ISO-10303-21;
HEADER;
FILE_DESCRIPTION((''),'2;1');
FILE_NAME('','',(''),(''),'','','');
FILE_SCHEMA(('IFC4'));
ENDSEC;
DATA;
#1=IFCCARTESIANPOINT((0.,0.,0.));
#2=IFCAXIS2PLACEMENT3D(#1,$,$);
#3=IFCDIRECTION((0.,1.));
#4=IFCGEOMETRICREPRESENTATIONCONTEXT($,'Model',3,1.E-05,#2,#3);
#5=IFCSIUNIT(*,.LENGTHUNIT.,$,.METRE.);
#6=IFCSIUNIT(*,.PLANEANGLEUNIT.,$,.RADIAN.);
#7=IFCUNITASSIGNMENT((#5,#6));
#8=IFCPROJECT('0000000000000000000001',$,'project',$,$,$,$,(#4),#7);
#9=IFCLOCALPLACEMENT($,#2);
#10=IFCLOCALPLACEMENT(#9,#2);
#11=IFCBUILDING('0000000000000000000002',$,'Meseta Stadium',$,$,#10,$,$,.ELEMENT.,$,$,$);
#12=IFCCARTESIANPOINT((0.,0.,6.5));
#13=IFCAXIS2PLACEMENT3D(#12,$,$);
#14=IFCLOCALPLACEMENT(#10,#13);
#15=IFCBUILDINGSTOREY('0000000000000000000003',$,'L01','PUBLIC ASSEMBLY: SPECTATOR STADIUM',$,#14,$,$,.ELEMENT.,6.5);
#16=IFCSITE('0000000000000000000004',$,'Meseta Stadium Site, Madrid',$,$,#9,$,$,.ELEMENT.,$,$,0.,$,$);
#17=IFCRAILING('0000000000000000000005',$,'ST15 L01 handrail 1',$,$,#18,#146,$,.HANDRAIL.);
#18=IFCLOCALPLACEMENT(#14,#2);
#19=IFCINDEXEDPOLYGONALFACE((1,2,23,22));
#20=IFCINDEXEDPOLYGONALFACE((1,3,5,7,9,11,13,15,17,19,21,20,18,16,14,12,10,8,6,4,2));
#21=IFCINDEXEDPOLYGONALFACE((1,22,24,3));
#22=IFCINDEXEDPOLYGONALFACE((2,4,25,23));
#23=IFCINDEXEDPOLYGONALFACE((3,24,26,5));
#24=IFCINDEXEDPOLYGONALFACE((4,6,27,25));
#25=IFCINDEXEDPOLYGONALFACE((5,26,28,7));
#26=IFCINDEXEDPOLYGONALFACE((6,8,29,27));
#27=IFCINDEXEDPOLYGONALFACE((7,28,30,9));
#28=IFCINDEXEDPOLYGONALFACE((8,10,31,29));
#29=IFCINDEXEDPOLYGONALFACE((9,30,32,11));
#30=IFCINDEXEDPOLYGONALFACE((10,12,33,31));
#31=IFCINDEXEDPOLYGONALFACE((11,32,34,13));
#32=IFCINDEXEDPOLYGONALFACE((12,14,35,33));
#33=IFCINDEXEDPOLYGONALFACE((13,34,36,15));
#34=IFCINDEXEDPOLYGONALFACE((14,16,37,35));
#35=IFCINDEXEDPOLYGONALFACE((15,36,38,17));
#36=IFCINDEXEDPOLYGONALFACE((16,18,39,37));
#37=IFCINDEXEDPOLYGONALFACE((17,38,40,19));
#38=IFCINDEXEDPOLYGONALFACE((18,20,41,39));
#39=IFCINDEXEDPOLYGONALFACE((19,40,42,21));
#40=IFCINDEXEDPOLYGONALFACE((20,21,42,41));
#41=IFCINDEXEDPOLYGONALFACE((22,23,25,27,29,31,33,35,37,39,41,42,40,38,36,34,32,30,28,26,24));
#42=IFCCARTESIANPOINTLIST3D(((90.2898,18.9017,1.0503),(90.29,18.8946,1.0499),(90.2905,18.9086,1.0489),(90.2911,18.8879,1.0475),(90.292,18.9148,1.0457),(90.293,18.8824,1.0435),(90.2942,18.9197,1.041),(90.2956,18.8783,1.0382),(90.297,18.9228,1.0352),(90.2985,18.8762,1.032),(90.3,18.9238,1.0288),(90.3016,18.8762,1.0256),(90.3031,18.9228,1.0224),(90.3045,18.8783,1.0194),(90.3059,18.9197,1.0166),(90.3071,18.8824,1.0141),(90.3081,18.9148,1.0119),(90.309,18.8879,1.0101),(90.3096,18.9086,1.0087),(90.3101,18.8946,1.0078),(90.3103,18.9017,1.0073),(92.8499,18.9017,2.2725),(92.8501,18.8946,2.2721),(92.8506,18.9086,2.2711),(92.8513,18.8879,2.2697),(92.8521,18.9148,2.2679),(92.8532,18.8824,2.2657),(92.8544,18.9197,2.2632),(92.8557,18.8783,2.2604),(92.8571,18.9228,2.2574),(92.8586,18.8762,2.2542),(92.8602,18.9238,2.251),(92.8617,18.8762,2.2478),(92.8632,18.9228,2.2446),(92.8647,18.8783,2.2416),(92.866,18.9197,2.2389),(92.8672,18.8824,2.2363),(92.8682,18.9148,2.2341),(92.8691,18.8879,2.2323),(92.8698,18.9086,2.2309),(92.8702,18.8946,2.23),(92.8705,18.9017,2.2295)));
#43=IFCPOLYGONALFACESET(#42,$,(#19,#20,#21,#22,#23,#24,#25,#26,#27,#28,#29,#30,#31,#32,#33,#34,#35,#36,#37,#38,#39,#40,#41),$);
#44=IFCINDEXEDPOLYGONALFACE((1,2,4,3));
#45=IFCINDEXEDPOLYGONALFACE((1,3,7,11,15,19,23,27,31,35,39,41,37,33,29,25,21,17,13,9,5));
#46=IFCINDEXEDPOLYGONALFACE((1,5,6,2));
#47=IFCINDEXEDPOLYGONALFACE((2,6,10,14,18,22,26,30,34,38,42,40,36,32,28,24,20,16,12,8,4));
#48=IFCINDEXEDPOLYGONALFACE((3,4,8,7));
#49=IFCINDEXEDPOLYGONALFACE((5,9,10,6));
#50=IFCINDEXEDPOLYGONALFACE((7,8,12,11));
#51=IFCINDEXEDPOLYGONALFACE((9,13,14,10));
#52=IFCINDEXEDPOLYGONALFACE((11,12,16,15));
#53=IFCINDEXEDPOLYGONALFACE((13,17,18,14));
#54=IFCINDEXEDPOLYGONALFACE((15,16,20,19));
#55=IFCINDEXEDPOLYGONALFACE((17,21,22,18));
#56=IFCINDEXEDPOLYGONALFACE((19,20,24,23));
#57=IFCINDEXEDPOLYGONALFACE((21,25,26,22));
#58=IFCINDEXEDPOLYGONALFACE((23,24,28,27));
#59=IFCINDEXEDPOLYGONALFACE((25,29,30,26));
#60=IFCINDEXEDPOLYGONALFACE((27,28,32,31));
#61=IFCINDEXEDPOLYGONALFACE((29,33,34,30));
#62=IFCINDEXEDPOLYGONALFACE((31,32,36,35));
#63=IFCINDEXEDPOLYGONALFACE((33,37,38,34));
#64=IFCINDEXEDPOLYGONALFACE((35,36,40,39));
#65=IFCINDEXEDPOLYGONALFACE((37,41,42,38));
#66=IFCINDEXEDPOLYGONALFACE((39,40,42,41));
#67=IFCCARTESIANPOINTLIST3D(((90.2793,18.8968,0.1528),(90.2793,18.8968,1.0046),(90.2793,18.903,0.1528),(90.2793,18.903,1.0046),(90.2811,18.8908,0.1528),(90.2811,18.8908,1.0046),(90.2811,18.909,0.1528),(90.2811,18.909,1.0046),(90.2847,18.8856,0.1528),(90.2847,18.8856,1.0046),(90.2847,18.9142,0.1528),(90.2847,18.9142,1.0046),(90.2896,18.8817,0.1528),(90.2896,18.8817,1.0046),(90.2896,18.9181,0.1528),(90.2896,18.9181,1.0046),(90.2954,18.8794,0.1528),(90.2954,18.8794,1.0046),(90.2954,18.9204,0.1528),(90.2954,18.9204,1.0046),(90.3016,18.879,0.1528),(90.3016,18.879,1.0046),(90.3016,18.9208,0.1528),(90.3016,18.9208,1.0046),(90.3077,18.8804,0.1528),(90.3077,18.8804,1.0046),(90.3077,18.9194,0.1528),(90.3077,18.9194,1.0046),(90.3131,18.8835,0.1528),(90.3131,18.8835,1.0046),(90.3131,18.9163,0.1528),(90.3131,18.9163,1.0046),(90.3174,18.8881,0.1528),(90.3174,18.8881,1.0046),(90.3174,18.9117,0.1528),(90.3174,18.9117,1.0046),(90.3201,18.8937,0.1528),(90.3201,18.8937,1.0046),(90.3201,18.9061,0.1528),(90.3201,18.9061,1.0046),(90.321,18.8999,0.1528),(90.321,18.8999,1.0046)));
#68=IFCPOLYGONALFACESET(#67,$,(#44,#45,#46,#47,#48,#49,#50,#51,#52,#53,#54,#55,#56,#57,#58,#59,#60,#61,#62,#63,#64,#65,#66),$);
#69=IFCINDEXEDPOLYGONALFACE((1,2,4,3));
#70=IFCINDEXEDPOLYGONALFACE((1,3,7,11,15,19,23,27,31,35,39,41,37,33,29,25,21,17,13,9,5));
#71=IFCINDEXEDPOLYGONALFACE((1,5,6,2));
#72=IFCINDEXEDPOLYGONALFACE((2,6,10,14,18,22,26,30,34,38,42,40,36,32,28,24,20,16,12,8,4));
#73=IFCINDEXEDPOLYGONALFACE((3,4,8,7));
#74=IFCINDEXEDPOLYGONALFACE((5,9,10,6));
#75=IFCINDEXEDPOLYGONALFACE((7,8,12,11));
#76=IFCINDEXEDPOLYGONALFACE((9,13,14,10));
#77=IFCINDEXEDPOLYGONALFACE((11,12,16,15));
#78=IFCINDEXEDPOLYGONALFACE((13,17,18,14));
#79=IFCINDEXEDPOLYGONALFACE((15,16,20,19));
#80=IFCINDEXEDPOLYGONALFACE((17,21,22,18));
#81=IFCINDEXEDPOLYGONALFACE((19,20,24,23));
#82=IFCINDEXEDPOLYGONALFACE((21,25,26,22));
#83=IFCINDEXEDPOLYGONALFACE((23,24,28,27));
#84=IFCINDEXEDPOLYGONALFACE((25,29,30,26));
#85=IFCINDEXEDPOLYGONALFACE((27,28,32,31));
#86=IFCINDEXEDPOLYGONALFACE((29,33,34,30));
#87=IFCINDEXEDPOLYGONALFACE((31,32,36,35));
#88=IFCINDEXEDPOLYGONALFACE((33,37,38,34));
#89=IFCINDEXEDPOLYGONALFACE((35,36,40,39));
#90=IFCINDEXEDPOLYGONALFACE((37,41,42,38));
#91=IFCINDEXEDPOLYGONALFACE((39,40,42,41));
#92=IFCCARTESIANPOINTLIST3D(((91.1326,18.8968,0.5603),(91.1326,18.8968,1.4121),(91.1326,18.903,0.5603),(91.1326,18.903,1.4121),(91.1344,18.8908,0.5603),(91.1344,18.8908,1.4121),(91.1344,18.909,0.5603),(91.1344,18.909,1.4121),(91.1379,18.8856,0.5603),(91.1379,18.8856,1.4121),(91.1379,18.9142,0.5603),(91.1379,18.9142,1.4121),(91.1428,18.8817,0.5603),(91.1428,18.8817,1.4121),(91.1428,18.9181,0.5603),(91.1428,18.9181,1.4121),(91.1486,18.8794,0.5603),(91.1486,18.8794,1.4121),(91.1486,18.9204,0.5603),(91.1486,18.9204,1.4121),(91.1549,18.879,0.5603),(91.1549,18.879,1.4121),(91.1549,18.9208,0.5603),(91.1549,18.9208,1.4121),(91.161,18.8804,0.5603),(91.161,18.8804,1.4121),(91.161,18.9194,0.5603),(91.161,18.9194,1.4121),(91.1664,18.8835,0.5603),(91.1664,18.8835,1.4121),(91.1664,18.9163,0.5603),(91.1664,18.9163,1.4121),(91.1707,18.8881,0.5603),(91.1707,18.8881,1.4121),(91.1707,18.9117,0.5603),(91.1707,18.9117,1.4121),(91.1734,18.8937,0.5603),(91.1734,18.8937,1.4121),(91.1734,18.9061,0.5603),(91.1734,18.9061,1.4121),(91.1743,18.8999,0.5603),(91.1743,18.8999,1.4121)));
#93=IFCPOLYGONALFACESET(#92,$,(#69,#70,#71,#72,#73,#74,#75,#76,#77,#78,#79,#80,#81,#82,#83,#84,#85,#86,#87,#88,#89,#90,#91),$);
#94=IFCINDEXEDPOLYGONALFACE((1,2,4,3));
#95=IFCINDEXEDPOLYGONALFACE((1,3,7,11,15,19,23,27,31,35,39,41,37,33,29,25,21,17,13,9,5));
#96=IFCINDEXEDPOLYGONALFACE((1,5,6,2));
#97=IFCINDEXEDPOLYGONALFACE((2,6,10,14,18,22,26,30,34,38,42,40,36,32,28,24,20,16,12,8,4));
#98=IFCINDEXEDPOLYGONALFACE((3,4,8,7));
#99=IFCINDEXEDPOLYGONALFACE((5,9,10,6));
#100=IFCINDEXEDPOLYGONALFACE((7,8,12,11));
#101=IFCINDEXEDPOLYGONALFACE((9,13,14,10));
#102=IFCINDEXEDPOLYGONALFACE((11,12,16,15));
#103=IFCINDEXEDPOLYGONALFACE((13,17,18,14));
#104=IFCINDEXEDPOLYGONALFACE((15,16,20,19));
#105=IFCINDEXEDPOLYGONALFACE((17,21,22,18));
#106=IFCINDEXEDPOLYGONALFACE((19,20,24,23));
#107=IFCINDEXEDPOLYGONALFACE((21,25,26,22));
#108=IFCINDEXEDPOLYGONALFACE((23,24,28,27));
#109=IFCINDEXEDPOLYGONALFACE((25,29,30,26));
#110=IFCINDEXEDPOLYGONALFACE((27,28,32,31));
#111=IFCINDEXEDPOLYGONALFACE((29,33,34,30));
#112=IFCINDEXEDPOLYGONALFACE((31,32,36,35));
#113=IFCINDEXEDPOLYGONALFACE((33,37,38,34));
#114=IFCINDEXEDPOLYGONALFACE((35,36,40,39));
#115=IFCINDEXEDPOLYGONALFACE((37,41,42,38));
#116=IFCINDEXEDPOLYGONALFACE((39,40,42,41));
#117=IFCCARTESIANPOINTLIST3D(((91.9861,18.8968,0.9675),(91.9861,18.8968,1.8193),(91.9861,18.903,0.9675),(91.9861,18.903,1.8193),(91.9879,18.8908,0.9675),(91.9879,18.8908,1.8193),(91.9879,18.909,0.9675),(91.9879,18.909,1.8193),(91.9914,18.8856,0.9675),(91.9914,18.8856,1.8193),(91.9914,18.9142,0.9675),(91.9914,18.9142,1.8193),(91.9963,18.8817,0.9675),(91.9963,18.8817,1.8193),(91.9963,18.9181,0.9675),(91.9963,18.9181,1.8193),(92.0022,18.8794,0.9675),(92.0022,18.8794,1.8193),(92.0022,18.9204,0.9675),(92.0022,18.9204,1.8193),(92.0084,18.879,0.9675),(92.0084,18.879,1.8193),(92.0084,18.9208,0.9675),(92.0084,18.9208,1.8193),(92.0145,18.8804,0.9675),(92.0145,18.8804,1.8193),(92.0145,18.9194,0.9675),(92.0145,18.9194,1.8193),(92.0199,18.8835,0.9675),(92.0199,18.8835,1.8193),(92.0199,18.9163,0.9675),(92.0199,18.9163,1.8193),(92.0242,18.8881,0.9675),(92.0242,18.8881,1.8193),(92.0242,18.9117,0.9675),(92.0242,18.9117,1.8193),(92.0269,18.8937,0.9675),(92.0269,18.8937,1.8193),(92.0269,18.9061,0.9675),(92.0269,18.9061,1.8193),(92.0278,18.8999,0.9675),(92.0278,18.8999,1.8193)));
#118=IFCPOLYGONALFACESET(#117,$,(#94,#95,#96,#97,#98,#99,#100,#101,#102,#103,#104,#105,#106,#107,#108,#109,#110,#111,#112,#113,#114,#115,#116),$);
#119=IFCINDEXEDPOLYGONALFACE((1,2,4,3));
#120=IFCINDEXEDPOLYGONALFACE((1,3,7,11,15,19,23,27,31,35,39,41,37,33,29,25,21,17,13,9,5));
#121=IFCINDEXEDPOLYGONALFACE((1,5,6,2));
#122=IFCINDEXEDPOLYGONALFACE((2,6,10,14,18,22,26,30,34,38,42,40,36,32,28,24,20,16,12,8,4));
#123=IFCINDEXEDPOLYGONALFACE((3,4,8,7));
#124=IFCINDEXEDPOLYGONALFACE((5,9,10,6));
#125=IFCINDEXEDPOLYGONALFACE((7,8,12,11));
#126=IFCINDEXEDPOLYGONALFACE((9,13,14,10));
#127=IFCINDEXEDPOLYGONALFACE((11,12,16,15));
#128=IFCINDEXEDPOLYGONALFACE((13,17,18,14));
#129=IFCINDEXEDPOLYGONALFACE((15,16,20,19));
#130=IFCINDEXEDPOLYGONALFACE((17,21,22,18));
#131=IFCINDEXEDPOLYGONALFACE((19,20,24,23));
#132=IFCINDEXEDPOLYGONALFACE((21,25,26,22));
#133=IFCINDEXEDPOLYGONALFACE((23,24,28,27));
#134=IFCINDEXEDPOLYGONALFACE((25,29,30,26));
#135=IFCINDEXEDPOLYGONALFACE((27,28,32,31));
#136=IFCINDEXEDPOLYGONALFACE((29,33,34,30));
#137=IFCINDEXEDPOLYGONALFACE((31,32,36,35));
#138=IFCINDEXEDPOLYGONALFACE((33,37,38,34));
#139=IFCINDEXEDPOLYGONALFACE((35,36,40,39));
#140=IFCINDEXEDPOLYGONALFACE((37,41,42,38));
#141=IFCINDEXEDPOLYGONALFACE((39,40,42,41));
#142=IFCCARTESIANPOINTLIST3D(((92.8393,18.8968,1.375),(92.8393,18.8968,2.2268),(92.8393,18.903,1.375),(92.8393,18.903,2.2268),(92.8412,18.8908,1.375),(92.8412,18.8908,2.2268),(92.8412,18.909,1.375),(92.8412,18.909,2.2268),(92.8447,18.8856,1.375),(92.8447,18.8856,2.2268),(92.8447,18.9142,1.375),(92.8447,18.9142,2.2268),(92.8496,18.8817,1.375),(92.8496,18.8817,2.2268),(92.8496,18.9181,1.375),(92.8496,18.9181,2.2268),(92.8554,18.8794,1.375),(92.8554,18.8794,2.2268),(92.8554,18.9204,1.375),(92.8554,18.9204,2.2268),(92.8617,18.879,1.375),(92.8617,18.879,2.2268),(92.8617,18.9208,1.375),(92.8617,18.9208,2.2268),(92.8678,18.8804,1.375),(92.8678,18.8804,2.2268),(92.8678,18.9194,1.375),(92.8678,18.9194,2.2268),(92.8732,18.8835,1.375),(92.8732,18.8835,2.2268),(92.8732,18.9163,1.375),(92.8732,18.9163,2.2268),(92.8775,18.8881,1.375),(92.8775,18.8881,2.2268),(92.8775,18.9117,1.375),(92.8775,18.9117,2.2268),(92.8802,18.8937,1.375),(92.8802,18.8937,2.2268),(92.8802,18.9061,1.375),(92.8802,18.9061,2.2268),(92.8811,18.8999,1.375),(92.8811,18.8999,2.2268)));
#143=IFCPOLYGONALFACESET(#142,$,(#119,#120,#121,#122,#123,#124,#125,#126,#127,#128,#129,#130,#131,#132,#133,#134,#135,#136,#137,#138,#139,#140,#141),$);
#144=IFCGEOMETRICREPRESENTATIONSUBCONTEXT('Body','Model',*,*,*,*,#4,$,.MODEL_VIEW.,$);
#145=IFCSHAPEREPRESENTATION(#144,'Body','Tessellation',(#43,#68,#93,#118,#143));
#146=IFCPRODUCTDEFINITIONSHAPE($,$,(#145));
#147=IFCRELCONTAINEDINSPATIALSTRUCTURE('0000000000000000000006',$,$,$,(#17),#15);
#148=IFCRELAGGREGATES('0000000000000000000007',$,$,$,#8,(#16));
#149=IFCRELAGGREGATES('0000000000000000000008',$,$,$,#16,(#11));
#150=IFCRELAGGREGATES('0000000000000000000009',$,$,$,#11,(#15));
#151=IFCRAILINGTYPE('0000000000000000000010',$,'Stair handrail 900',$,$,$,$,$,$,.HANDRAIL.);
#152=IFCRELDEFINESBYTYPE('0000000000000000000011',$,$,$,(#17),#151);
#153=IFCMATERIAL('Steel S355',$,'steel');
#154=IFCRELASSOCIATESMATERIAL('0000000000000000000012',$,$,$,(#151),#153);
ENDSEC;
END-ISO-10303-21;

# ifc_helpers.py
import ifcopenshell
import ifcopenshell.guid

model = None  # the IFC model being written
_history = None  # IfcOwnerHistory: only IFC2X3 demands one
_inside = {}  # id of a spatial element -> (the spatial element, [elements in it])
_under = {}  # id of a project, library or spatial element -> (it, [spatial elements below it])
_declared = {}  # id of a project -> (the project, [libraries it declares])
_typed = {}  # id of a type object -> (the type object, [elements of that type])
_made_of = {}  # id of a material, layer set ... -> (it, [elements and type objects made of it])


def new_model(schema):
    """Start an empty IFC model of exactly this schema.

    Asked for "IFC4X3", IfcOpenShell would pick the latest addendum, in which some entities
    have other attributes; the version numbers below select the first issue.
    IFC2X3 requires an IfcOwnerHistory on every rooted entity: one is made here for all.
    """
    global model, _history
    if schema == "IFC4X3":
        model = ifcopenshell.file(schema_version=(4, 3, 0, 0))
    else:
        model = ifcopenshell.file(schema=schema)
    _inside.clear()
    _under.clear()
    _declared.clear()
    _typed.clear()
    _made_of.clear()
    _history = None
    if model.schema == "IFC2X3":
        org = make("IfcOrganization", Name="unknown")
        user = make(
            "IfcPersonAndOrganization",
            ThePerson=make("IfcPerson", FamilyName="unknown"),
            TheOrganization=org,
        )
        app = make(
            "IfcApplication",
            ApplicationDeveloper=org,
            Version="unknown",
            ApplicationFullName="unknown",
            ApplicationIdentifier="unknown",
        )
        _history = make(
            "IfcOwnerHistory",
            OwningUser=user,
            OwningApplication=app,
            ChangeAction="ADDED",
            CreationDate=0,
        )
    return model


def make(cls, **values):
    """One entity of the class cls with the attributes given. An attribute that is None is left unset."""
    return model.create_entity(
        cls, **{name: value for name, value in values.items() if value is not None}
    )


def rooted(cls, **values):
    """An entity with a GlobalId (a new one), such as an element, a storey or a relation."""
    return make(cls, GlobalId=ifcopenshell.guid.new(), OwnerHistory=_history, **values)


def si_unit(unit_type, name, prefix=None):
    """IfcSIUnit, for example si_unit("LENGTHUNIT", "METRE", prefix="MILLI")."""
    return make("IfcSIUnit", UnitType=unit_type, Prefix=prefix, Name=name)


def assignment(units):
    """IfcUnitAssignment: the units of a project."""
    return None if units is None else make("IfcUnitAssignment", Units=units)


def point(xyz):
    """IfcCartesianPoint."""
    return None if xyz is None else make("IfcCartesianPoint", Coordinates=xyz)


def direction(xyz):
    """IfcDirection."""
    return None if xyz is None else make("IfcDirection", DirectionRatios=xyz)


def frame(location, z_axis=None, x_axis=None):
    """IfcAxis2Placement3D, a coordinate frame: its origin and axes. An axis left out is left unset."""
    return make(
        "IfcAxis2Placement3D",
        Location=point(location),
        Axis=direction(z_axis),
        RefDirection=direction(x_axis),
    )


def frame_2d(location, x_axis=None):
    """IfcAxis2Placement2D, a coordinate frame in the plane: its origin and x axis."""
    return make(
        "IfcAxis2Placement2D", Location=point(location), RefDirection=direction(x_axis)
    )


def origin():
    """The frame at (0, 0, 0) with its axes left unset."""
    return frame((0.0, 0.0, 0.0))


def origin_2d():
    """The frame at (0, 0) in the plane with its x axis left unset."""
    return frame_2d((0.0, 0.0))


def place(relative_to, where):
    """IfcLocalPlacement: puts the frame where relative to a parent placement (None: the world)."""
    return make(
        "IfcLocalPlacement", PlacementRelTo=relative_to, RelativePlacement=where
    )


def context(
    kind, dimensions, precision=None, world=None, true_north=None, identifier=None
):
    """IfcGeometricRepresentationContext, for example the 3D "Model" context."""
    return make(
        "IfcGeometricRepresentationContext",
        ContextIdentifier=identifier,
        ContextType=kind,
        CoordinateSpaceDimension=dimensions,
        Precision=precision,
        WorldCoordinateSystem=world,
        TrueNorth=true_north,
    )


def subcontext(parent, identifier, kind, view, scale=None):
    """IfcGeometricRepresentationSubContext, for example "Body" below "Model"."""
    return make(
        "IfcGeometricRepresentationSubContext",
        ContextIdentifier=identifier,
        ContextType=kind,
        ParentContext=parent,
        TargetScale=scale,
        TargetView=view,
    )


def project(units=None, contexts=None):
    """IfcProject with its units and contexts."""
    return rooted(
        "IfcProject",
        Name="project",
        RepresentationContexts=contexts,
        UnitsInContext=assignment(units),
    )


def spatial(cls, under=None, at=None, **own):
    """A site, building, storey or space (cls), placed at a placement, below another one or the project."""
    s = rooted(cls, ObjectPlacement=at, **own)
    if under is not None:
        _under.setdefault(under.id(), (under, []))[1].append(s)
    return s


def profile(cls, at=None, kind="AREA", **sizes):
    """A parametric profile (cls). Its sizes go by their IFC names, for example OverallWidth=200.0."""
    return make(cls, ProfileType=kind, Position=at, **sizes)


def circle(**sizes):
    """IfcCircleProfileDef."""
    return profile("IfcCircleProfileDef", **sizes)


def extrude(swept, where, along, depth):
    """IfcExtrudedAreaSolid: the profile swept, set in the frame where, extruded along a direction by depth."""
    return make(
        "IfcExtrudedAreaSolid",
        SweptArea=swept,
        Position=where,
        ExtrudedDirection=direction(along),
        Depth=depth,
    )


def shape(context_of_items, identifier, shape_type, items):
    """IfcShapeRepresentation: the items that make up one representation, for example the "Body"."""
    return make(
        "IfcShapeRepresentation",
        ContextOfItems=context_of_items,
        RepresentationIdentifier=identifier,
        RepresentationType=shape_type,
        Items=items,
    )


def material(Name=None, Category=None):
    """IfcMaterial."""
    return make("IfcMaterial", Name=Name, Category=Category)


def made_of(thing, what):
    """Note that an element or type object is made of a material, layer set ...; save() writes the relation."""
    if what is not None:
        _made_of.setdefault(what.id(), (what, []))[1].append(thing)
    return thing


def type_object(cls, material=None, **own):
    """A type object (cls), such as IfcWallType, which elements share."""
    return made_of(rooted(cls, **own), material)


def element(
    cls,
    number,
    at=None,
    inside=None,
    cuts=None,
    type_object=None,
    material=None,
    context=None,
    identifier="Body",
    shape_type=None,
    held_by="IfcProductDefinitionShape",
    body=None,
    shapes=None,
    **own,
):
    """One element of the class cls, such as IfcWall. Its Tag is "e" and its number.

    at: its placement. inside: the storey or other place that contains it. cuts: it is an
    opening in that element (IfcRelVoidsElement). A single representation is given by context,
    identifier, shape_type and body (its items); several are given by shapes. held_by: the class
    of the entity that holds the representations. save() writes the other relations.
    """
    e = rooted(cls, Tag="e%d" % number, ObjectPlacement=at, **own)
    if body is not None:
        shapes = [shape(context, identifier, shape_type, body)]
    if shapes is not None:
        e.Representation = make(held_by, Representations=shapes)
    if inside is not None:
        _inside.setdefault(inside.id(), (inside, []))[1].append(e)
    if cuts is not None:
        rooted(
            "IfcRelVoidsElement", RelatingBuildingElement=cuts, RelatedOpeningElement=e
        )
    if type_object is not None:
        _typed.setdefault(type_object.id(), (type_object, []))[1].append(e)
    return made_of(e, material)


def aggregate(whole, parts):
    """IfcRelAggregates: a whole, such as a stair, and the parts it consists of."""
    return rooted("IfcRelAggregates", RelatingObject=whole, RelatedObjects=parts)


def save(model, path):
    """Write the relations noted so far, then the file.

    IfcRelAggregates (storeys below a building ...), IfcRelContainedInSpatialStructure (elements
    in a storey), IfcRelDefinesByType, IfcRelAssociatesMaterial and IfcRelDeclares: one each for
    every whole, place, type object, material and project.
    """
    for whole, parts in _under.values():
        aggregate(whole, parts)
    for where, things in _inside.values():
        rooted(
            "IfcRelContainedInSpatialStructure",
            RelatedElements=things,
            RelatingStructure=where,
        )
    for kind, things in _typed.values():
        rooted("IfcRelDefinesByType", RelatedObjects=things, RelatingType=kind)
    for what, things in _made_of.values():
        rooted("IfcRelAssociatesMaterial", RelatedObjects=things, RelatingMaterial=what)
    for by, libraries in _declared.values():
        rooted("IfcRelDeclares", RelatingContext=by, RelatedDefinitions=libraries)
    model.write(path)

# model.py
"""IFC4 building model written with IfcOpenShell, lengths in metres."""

from ifc_helpers import new_model, si_unit, direction, frame, origin, origin_2d, place, context, subcontext, project, spatial, circle, extrude, material, type_object, element, save


model = new_model("IFC4")

# Units and contexts
model_context = context("Model", 3, precision=1e-05, world=origin(), true_north=direction((0.0, 1.0)))
body_context = subcontext(model_context, "Body", "Model", "MODEL_VIEW")
ifc_project = project(units=[si_unit("LENGTHUNIT", "METRE"), si_unit("PLANEANGLEUNIT", "RADIAN")], contexts=[model_context])

# Site, building, storey
site_placement = place(None, origin())
site = spatial("IfcSite", under=ifc_project, at=site_placement, Name="Meseta Stadium Site, Madrid", CompositionType="ELEMENT", RefElevation=0.0)
building_placement = place(site_placement, origin())
building = spatial("IfcBuilding", under=site, at=building_placement, Name="Meseta Stadium", CompositionType="ELEMENT")
storey_placement = place(building_placement, frame((0.0, 0.0, 6.5)))
storey = spatial("IfcBuildingStorey", under=building, at=storey_placement, Name="L01", Description="PUBLIC ASSEMBLY: SPECTATOR STADIUM", CompositionType="ELEMENT", Elevation=6.5)

# Railing
ifc_material_1 = material(Name="Steel S355", Category="steel")
railing_type_1 = type_object("IfcRailingType", Name="Stair handrail 900", PredefinedType="HANDRAIL", material=ifc_material_1)
for number, where, name in (
    (1, (90.3, 18.8999, 0.1528), "ST15 L01 handrail 1"),
):
    element("IfcRailing", number, at=place(storey_placement, frame(where)), inside=storey, type_object=railing_type_1, Name=name, PredefinedType="HANDRAIL", context=body_context, shape_type="SweptSolid", body=[
        extrude(circle(Radius=0.0239, at=origin_2d()), frame((0.0, 0.0, 0.876), z_axis=(0.902437, 0.0, 0.430822), x_axis=(0.0, 1.0, 0.0)), (0.0, 0.0, 1.0), 2.8369),
        extrude(circle(Radius=0.021, at=origin_2d()), origin(), (0.0, 0.0, 1.0), 0.8518),
        extrude(circle(Radius=0.021, at=origin_2d()), frame((0.8533, 0.0, 0.4075)), (0.0, 0.0, 1.0), 0.8518),
        extrude(circle(Radius=0.021, at=origin_2d()), frame((1.7068, 0.0, 0.8147)), (0.0, 0.0, 1.0), 0.8518),
        extrude(circle(Radius=0.021, at=origin_2d()), frame((2.5601, 0.0, 1.2222)), (0.0, 0.0, 1.0), 0.8518),
    ])

save(model, "model.ifc")
